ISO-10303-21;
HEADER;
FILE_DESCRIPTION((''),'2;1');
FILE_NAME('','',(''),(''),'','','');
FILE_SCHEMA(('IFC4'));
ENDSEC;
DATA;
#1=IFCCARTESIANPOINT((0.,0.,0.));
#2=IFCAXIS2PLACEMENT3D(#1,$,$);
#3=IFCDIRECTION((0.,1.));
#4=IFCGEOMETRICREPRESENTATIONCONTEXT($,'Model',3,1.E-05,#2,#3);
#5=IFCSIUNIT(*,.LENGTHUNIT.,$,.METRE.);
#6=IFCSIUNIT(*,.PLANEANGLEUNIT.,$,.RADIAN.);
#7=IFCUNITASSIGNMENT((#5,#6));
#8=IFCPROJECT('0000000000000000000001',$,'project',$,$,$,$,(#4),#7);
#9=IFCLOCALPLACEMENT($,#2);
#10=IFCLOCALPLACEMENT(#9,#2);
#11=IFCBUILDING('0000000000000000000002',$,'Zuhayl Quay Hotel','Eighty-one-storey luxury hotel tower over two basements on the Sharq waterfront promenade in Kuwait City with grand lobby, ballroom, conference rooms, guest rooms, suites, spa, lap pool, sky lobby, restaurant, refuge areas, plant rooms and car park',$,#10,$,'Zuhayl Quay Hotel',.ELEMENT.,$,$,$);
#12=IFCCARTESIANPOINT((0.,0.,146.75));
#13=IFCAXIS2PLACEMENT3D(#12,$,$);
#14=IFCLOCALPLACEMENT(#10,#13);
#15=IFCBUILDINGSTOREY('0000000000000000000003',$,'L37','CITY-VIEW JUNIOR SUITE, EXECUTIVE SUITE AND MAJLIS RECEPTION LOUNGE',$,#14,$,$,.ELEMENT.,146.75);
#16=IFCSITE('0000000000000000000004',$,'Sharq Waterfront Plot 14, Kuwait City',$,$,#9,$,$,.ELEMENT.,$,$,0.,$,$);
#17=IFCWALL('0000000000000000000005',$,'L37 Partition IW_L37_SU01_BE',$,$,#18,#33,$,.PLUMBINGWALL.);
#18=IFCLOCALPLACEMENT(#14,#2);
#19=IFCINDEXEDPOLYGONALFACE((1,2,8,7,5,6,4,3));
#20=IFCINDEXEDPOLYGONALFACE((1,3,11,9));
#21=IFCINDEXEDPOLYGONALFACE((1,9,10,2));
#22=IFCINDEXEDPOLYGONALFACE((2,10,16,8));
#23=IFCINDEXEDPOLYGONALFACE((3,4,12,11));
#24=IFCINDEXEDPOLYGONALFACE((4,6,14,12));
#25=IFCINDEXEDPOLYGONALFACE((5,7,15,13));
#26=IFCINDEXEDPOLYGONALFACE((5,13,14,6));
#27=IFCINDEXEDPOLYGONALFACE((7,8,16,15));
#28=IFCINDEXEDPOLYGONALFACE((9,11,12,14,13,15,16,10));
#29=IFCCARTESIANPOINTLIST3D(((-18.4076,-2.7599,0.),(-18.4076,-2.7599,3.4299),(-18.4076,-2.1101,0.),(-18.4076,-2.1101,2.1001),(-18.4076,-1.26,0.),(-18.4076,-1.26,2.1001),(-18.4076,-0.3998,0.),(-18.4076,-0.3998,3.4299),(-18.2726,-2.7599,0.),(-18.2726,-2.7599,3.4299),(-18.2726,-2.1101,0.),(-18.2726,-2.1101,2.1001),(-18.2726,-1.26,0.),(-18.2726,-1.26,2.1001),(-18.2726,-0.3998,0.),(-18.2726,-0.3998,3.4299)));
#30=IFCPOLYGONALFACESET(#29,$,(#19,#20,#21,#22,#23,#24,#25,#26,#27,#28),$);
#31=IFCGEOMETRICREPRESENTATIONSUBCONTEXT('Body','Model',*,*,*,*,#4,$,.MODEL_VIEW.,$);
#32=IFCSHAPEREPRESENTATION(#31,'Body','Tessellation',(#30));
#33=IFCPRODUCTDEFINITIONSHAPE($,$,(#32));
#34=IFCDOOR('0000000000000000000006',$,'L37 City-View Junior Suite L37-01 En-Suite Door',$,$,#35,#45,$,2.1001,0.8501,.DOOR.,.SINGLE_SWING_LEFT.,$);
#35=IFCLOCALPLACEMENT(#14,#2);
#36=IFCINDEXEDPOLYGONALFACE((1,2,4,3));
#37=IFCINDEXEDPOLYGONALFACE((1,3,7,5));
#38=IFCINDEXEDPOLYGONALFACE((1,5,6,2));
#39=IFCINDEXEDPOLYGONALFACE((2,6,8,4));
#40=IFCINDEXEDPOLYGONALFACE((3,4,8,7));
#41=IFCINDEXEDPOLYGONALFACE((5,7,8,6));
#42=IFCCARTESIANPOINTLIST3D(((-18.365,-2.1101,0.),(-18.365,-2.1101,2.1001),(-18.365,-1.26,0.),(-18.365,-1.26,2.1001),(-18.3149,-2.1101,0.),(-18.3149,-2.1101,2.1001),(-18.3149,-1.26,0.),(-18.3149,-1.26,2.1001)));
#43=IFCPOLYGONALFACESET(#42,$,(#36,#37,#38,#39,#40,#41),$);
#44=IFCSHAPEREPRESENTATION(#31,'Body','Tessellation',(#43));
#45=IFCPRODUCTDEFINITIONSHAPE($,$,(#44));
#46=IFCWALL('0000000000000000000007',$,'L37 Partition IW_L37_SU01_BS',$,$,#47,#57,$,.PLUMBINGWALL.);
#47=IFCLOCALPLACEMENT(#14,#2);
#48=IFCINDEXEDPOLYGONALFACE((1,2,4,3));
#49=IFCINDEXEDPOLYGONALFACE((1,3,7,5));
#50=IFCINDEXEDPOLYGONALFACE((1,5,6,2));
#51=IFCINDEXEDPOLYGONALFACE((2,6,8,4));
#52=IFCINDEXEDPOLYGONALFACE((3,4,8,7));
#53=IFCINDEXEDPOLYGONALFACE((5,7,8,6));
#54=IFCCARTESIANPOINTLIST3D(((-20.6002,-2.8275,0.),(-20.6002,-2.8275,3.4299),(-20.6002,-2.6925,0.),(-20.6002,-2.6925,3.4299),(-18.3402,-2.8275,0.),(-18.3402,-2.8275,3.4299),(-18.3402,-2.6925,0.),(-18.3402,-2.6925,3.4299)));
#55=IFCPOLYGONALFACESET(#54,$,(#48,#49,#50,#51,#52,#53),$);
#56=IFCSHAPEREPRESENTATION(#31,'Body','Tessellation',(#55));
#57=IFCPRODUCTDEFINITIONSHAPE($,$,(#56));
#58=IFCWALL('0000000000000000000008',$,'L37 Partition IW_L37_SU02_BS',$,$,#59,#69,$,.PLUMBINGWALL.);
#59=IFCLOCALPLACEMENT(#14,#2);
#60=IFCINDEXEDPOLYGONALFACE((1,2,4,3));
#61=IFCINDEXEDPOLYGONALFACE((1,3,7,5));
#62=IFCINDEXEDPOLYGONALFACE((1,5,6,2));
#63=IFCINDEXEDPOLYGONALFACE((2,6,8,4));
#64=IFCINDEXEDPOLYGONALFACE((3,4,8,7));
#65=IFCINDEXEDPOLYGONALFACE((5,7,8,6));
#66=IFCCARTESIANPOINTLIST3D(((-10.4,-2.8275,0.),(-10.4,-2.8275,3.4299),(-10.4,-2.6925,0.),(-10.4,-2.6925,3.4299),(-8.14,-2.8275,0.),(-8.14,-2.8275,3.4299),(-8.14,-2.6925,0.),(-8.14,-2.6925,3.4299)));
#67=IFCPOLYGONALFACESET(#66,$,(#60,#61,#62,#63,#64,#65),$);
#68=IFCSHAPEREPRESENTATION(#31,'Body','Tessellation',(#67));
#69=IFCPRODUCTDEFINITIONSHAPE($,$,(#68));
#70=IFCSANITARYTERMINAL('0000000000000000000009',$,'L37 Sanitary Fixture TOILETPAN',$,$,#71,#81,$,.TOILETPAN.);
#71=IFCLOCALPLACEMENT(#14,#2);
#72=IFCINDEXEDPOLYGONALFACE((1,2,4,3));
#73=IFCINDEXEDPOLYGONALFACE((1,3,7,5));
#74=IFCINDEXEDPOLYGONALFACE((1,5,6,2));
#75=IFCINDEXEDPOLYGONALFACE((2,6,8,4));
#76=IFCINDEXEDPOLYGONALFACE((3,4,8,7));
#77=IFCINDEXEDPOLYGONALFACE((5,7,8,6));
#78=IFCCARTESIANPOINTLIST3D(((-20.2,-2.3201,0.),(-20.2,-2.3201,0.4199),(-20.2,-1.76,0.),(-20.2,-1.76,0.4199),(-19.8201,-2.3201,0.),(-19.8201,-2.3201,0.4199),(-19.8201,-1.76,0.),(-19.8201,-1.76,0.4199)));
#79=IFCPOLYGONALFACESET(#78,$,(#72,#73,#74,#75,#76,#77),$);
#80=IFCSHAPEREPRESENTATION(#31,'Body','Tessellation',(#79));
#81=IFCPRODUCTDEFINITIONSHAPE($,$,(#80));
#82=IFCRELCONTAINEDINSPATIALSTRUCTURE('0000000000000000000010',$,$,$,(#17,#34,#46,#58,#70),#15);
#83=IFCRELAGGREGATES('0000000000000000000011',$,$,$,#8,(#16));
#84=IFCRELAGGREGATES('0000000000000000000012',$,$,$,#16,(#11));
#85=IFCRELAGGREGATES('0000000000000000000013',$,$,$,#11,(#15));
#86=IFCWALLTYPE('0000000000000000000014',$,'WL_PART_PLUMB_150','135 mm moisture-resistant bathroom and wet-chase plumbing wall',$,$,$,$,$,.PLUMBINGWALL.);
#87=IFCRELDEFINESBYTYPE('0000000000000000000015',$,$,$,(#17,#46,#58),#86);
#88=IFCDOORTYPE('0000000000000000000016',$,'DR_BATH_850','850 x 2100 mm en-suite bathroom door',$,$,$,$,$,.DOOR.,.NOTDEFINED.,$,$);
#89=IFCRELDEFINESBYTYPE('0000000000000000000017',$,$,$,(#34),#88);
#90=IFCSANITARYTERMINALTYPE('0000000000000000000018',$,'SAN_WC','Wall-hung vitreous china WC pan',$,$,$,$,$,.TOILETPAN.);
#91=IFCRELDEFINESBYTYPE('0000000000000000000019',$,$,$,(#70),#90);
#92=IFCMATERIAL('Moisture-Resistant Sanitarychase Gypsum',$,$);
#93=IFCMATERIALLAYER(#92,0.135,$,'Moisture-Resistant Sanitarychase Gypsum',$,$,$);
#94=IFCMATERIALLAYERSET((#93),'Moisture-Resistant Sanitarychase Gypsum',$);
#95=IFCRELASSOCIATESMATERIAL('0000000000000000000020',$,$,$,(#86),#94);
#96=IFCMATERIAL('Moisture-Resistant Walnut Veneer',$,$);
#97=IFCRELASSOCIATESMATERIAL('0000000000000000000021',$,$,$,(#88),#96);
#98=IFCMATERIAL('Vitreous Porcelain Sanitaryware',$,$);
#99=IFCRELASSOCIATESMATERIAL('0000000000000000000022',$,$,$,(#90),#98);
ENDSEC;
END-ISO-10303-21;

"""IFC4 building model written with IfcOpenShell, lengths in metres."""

from ifc_helpers import new_model, si_unit, direction, frame, frame_2d, origin, origin_2d, place, context, subcontext, project, spatial, rectangle, extrude, material, layer, layer_set, type_object, element, fill, save


model = new_model("IFC4")

# Units and contexts
model_context = context("Model", 3, precision=1e-05, world=origin(), true_north=direction((0.0, 1.0)))
body_context = subcontext(model_context, "Body", "Model", "MODEL_VIEW")
ifc_project = project(units=[si_unit("LENGTHUNIT", "METRE"), si_unit("PLANEANGLEUNIT", "RADIAN")], contexts=[model_context])

# Site, building, storey
site_placement = place(None, origin())
site = spatial("IfcSite", under=ifc_project, at=site_placement, Name="Sharq Waterfront Plot 14, Kuwait City", CompositionType="ELEMENT", RefElevation=0.0)
building_placement = place(site_placement, origin())
building = spatial("IfcBuilding", under=site, at=building_placement, Name="Zuhayl Quay Hotel", Description="Eighty-one-storey luxury hotel tower over two basements on the Sharq waterfront promenade in Kuwait City with grand lobby, ballroom, conference rooms, guest rooms, suites, spa, lap pool, sky lobby, restaurant, refuge areas, plant rooms and car park", LongName="Zuhayl Quay Hotel", CompositionType="ELEMENT")
storey_placement = place(building_placement, frame((0.0, 0.0, 146.75)))
storey = spatial("IfcBuildingStorey", under=building, at=storey_placement, Name="L37", Description="CITY-VIEW JUNIOR SUITE, EXECUTIVE SUITE AND MAJLIS RECEPTION LOUNGE", CompositionType="ELEMENT", Elevation=146.75)

# Wall, opening, door
ifc_material_1 = material(Name="Moisture-Resistant Sanitarychase Gypsum")
ifc_layer_1 = layer(ifc_material_1, 0.135, Name="Moisture-Resistant Sanitarychase Gypsum")
ifc_layer_set_1 = layer_set([ifc_layer_1], Name="Moisture-Resistant Sanitarychase Gypsum")
wall_type_1 = type_object("IfcWallType", Name="WL_PART_PLUMB_150", Description="135 mm moisture-resistant bathroom and wet-chase plumbing wall", PredefinedType="PLUMBINGWALL", material=ifc_layer_set_1)
wall_1_placement = place(storey_placement, frame((-18.3401, -2.76, 0.0), z_axis=(0.0, 0.0, 1.0), x_axis=(0.0, 1.0, 0.0)))
wall_1 = element("IfcWall", 1, at=wall_1_placement, inside=storey, type_object=wall_type_1, Name="L37 Partition IW_L37_SU01_BE", PredefinedType="PLUMBINGWALL", context=body_context, shape_type="SweptSolid", body=[
    extrude(rectangle(XDim=2.3601, YDim=0.135, at=frame_2d((1.1802, 0.0))), origin(), (0.0, 0.0, 1.0), 3.4299),
])
opening_1_placement = place(wall_1_placement, frame((0.6499, 0.0, 0.0)))
opening_1 = element("IfcOpeningElement", 2, at=opening_1_placement, cuts=wall_1, PredefinedType="OPENING", context=body_context, shape_type="SweptSolid", body=[
    extrude(rectangle(XDim=0.8501, YDim=2.1001, at=frame_2d((0.425, 1.05))), frame((0.0, 0.0774, 0.0), z_axis=(0.0, -1.0, 0.0), x_axis=(1.0, 0.0, 0.0)), (0.0, 0.0, 1.0), 0.155),
])
ifc_material_2 = material(Name="Moisture-Resistant Walnut Veneer")
door_type_1 = type_object("IfcDoorType", Name="DR_BATH_850", Description="850 x 2100 mm en-suite bathroom door", OperationType="NOTDEFINED", PredefinedType="DOOR", material=ifc_material_2)
door_1_placement = place(opening_1_placement, origin())
door_1 = element("IfcDoor", 3, at=door_1_placement, inside=storey, type_object=door_type_1, Name="L37 City-View Junior Suite L37-01 En-Suite Door", OperationType="SINGLE_SWING_LEFT", OverallHeight=2.1001, OverallWidth=0.8501, PredefinedType="DOOR", context=body_context, shape_type="SweptSolid", body=[
    extrude(rectangle(XDim=0.8501, YDim=2.1001, at=frame_2d((0.425, 1.05))), frame((0.0, 0.0249, 0.0), z_axis=(0.0, -1.0, 0.0), x_axis=(1.0, 0.0, 0.0)), (0.0, 0.0, 1.0), 0.05),
])
fill(opening_1, door_1)

# Walls
for number, where, z_axis, x_axis, name in (
    (4, (-20.6001, -2.76, 0.0), (0.0, 0.0, 1.0), (1.0, 0.0, 0.0), "L37 Partition IW_L37_SU01_BS"),
    (5, (-10.3999, -2.76, 0.0), (0.0, 0.0, 1.0), (1.0, 0.0, 0.0), "L37 Partition IW_L37_SU02_BS"),
):
    element("IfcWall", number, at=place(storey_placement, frame(where, z_axis=z_axis, x_axis=x_axis)), inside=storey, type_object=wall_type_1, Name=name, PredefinedType="PLUMBINGWALL", context=body_context, shape_type="SweptSolid", body=[
        extrude(rectangle(XDim=2.26, YDim=0.135, at=frame_2d((1.1299, 0.0))), origin(), (0.0, 0.0, 1.0), 3.4299),
    ])

# Sanitary terminal
ifc_material_3 = material(Name="Vitreous Porcelain Sanitaryware")
sanitary_terminal_type = type_object("IfcSanitaryTerminalType", Name="SAN_WC", Description="Wall-hung vitreous china WC pan", PredefinedType="TOILETPAN", material=ifc_material_3)
sanitary_terminal_placement = place(storey_placement, frame((-20.01, -2.04, 0.0), z_axis=(0.0, 0.0, 1.0), x_axis=(1.0, 0.0, 0.0)))
element("IfcSanitaryTerminal", 6, at=sanitary_terminal_placement, inside=storey, type_object=sanitary_terminal_type, Name="L37 Sanitary Fixture TOILETPAN", PredefinedType="TOILETPAN", context=body_context, shape_type="SweptSolid", body=[
    extrude(rectangle(XDim=0.3799, YDim=0.5601, at=origin_2d()), origin(), (0.0, 0.0, 1.0), 0.4199),
])

save(model, "model.ifc")
